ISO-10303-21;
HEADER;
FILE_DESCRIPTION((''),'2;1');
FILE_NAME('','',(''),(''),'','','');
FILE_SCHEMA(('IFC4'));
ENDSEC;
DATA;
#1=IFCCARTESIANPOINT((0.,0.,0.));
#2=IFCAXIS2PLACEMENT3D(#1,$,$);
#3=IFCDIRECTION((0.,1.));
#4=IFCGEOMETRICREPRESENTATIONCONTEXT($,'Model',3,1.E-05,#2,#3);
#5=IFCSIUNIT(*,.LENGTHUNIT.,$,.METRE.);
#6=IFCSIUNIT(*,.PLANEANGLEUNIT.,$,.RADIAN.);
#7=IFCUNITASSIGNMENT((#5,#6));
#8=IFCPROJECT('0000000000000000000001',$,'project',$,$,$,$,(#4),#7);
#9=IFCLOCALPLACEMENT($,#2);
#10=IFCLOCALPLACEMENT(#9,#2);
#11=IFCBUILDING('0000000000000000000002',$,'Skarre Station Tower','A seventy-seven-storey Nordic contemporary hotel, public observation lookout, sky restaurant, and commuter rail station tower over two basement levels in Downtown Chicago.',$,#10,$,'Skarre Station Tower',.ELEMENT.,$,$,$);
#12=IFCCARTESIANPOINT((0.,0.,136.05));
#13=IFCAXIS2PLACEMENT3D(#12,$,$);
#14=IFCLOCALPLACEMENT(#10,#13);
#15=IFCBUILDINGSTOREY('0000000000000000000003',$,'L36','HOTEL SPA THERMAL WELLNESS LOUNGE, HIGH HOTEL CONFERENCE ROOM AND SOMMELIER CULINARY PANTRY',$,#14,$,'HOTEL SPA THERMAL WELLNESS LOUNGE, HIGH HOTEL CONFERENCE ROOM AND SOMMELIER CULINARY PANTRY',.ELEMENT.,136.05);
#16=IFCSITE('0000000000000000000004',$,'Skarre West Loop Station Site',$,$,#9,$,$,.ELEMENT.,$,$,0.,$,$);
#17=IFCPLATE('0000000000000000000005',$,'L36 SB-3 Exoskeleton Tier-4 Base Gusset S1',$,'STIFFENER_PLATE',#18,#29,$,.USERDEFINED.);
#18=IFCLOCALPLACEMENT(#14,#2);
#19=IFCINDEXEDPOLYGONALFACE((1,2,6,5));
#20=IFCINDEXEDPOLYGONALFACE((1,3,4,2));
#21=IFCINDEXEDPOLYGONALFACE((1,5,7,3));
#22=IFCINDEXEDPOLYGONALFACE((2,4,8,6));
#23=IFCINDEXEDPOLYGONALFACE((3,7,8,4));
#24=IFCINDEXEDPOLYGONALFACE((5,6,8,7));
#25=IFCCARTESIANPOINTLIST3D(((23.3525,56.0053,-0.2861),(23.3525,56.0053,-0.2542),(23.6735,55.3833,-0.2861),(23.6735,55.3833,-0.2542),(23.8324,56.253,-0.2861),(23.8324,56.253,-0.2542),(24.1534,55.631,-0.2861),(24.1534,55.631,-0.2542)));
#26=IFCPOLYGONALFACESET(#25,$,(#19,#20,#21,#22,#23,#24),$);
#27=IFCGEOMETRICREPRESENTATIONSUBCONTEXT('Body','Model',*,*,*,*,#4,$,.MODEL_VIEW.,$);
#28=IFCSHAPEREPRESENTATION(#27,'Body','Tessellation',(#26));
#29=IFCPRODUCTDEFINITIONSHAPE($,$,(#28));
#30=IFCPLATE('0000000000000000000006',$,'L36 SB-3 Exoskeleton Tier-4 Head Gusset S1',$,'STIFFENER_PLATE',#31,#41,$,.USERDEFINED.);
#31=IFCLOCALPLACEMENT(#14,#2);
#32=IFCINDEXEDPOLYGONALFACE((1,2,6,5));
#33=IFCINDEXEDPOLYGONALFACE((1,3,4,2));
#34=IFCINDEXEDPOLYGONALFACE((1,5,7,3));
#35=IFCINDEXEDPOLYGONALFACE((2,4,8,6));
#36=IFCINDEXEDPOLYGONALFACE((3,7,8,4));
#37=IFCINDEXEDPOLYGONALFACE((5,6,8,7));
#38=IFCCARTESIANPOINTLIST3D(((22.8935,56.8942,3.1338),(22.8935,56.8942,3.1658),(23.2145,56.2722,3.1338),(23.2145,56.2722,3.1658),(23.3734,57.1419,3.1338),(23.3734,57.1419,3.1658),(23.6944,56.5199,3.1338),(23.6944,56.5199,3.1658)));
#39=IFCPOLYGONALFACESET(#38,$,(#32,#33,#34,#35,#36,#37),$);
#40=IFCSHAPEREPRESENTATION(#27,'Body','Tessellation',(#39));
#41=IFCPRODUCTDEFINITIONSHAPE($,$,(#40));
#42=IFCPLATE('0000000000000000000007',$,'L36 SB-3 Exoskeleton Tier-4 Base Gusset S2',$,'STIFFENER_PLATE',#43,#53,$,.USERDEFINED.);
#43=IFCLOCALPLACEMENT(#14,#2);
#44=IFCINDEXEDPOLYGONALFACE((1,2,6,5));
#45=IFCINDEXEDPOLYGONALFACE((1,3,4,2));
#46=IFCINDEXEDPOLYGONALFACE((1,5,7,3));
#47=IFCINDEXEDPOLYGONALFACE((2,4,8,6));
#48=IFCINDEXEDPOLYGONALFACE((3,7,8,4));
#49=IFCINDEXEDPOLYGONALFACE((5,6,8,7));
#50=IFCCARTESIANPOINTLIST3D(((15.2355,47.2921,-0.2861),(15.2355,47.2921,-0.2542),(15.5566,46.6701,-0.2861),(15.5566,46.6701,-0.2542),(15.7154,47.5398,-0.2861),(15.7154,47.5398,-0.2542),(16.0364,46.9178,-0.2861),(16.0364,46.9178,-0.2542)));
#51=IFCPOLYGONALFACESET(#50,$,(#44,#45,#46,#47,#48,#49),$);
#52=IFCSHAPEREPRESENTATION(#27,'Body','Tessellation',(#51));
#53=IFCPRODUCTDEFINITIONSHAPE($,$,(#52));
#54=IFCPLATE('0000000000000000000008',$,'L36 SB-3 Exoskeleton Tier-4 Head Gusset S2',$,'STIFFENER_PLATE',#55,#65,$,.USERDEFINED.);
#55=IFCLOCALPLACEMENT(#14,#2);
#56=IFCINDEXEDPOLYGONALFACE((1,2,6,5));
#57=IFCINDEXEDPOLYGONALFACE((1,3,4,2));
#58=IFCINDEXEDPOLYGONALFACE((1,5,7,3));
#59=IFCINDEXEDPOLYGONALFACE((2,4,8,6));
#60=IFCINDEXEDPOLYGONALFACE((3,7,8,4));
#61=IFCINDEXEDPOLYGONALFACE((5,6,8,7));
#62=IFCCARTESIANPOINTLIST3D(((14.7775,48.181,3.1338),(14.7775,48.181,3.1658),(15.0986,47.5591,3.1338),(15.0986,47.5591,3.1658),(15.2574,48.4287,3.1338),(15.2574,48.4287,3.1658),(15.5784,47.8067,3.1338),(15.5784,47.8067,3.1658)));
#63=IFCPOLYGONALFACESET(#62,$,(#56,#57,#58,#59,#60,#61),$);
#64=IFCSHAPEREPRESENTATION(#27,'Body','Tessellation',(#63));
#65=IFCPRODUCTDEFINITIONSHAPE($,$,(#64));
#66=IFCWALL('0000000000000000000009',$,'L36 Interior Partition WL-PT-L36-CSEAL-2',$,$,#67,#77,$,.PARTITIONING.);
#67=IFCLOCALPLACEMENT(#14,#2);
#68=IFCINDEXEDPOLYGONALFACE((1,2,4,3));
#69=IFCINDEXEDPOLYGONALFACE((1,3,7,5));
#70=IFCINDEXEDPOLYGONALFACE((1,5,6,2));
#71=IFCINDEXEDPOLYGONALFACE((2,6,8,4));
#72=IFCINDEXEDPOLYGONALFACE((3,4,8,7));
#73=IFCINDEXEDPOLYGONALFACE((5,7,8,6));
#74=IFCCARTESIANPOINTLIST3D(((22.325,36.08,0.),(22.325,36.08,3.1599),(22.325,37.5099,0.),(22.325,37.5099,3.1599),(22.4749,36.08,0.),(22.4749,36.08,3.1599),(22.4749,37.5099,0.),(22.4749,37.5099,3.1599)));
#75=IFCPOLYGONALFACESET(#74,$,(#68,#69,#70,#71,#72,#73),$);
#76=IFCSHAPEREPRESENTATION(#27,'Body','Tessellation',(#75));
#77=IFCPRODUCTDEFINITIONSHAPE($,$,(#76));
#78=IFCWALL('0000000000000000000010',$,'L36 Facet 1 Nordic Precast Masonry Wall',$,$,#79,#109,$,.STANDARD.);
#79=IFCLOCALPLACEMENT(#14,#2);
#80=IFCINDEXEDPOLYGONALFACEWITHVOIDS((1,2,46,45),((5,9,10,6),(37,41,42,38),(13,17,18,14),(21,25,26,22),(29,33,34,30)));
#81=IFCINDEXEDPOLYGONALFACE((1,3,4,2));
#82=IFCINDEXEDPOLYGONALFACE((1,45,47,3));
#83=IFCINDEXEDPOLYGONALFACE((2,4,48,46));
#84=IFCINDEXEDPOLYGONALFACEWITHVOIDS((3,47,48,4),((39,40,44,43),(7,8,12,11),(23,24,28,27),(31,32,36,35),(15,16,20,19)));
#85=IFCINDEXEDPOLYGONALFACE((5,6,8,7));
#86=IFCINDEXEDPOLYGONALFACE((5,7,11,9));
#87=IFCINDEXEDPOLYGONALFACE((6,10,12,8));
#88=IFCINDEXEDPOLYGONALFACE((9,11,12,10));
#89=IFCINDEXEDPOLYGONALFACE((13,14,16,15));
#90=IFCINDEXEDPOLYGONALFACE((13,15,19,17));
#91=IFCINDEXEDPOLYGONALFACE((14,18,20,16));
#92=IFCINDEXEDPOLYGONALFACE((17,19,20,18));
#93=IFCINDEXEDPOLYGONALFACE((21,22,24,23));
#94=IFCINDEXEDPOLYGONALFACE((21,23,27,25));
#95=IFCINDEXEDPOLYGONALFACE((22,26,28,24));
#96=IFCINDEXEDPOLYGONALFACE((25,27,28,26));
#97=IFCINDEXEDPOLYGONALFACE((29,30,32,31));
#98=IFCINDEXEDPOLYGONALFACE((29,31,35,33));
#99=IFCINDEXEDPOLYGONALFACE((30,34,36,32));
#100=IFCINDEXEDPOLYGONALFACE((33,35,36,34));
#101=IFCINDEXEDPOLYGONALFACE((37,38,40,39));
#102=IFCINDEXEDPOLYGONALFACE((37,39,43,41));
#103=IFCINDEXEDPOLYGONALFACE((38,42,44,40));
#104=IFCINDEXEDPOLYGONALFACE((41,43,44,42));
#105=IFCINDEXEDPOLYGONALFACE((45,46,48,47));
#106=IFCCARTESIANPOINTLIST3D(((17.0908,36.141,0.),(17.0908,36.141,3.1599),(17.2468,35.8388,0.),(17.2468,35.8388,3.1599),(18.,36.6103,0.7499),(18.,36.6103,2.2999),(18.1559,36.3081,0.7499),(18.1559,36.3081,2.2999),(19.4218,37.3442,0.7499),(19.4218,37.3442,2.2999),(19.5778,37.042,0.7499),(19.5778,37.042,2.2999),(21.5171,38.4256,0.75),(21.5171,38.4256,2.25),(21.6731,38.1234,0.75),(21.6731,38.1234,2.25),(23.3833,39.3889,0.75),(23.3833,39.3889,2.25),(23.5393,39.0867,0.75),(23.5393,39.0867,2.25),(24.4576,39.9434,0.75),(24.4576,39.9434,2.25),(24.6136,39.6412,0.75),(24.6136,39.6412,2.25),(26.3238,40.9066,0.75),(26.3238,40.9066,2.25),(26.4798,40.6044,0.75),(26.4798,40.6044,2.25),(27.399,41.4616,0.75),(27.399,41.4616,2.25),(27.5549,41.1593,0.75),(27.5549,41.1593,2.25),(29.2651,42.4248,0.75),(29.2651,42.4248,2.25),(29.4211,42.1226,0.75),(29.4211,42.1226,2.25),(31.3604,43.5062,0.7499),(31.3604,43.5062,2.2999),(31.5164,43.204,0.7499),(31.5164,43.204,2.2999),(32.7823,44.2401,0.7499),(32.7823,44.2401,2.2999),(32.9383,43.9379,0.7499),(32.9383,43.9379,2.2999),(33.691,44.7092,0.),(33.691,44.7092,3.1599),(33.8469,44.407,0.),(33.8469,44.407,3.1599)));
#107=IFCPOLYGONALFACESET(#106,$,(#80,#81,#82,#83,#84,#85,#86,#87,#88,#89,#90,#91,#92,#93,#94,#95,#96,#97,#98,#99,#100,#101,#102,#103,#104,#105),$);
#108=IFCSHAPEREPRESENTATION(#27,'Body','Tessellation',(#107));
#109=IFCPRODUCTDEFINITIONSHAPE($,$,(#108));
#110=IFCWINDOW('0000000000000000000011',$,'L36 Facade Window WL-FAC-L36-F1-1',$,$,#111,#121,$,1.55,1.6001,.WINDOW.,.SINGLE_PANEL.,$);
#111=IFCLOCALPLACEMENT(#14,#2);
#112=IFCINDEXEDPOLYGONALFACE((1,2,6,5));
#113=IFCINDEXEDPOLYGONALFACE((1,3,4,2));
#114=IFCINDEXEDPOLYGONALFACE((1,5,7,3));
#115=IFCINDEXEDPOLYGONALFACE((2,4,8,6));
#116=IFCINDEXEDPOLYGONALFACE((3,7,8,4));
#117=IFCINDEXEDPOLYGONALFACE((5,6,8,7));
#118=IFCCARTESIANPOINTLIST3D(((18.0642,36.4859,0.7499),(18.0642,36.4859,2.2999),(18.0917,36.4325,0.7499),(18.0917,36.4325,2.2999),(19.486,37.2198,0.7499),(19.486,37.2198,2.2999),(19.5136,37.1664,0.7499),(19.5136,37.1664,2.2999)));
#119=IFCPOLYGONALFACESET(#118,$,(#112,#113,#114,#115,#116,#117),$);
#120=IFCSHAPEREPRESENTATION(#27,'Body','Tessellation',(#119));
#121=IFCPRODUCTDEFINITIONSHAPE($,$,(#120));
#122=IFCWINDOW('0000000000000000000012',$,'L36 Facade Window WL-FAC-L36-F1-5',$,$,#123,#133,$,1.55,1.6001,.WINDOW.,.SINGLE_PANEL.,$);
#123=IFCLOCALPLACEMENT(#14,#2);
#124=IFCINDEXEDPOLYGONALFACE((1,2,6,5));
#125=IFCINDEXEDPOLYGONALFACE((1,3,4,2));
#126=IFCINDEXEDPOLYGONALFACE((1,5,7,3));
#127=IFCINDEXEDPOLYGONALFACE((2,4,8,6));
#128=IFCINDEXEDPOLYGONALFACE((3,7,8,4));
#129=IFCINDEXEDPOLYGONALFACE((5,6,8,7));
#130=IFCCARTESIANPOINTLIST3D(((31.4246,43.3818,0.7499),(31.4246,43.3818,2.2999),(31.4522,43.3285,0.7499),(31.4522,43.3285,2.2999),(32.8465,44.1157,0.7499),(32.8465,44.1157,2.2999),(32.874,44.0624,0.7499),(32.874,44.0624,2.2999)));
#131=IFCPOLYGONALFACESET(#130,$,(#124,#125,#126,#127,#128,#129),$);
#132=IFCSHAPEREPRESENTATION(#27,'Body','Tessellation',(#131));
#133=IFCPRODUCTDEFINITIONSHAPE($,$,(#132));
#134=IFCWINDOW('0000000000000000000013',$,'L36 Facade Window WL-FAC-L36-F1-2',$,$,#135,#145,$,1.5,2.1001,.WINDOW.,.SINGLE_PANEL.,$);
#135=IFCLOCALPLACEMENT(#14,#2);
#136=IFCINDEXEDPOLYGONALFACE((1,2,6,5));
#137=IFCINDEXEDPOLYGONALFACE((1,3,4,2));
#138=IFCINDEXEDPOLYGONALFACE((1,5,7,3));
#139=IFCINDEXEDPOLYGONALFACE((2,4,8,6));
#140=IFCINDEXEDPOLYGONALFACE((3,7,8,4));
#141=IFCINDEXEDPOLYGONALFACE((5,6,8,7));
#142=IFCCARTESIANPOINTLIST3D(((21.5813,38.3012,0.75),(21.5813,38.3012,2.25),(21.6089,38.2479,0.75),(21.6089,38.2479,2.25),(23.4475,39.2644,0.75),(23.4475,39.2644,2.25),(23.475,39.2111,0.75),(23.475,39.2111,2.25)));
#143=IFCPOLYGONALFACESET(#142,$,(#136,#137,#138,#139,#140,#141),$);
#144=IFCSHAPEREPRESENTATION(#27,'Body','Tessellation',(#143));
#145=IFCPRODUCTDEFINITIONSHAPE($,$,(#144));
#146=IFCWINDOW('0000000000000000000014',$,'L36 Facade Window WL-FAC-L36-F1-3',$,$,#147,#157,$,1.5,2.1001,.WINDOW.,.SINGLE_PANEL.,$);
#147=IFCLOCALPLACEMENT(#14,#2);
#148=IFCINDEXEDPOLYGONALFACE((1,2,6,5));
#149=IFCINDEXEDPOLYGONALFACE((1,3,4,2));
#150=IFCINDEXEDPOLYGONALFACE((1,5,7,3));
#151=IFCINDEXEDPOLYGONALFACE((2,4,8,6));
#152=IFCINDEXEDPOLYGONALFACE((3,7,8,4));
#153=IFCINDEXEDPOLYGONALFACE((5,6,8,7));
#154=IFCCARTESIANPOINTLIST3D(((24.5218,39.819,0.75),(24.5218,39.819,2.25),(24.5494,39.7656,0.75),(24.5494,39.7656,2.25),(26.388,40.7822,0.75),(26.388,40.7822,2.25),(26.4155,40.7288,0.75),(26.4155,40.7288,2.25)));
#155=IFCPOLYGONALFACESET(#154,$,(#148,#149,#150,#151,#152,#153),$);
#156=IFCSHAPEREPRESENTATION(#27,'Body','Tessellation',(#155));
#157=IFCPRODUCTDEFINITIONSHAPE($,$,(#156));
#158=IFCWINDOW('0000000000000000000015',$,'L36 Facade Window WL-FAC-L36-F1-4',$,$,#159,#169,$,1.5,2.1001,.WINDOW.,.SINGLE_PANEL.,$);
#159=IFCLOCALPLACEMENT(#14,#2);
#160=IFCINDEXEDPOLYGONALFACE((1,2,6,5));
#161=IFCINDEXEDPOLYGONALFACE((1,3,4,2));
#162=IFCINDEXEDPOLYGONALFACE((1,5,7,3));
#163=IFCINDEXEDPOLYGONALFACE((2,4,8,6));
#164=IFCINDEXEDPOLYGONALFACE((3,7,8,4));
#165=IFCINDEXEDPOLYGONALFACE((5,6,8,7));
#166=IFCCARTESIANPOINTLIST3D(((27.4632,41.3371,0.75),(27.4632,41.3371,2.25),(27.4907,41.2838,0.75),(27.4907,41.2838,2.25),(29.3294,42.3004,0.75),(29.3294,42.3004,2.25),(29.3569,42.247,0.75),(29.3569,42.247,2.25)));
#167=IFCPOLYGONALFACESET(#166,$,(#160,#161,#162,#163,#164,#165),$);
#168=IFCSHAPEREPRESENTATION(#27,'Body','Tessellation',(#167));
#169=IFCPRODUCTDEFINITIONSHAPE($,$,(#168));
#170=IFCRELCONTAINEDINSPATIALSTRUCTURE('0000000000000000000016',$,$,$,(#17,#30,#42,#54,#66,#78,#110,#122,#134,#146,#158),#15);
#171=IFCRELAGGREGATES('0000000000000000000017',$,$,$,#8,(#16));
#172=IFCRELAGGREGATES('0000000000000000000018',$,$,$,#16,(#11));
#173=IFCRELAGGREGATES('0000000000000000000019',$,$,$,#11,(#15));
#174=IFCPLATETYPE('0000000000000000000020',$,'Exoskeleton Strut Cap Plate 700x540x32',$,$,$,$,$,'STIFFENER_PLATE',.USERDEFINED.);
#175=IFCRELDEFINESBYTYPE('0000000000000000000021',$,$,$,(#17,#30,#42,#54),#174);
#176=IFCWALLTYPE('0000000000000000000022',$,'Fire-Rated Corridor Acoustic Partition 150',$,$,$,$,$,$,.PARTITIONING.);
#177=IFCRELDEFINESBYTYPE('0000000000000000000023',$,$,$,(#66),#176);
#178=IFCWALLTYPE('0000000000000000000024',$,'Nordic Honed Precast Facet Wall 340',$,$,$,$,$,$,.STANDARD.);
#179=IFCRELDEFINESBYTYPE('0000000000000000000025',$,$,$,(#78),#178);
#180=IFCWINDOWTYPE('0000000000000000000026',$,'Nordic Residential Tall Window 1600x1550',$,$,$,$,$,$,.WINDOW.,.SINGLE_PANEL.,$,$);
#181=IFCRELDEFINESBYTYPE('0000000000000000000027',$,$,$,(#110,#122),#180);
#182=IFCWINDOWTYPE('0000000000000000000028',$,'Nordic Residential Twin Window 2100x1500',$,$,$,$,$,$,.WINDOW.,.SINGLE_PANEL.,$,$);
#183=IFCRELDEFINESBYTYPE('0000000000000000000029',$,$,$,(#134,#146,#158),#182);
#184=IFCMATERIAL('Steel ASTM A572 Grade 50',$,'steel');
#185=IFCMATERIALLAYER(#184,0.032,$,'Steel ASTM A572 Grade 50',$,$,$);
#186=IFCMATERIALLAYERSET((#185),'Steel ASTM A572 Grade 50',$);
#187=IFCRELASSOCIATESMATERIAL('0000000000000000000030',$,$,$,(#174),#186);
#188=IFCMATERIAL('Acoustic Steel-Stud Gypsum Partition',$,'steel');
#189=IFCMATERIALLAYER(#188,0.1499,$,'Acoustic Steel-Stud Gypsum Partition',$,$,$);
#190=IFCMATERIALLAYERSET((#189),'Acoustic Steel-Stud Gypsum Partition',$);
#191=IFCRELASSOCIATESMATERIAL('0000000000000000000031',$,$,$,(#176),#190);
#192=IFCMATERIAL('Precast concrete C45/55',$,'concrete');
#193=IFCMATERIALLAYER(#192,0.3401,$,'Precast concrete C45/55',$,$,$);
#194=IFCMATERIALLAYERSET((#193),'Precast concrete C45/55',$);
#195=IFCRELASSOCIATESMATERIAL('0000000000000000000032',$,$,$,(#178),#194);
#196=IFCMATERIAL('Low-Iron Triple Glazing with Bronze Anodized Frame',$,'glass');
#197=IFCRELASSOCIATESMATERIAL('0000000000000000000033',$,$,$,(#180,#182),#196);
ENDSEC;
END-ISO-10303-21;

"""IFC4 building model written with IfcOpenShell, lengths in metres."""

from ifc_helpers import new_model, si_unit, direction, frame, frame_2d, origin, origin_2d, place, context, subcontext, project, spatial, rectangle, extrude, material, layer, layer_set, type_object, element, fill, save


model = new_model("IFC4")

# Units and contexts
model_context = context("Model", 3, precision=1e-05, world=origin(), true_north=direction((0.0, 1.0)))
body_context = subcontext(model_context, "Body", "Model", "MODEL_VIEW")
ifc_project = project(units=[si_unit("LENGTHUNIT", "METRE"), si_unit("PLANEANGLEUNIT", "RADIAN")], contexts=[model_context])

# Site, building, storey
site_placement = place(None, origin())
site = spatial("IfcSite", under=ifc_project, at=site_placement, Name="Skarre West Loop Station Site", CompositionType="ELEMENT", RefElevation=0.0)
building_placement = place(site_placement, origin())
building = spatial("IfcBuilding", under=site, at=building_placement, Name="Skarre Station Tower", Description="A seventy-seven-storey Nordic contemporary hotel, public observation lookout, sky restaurant, and commuter rail station tower over two basement levels in Downtown Chicago.", LongName="Skarre Station Tower", CompositionType="ELEMENT")
storey_placement = place(building_placement, frame((0.0, 0.0, 136.05)))
storey = spatial("IfcBuildingStorey", under=building, at=storey_placement, Name="L36", Description="HOTEL SPA THERMAL WELLNESS LOUNGE, HIGH HOTEL CONFERENCE ROOM AND SOMMELIER CULINARY PANTRY", LongName="HOTEL SPA THERMAL WELLNESS LOUNGE, HIGH HOTEL CONFERENCE ROOM AND SOMMELIER CULINARY PANTRY", CompositionType="ELEMENT", Elevation=136.05)

# Plates
ifc_material_1 = material(Name="Steel ASTM A572 Grade 50", Category="steel")
ifc_layer_1 = layer(ifc_material_1, 0.032, Name="Steel ASTM A572 Grade 50")
ifc_layer_set_1 = layer_set([ifc_layer_1], Name="Steel ASTM A572 Grade 50")
plate_type = type_object("IfcPlateType", Name="Exoskeleton Strut Cap Plate 700x540x32", ElementType="STIFFENER_PLATE", PredefinedType="USERDEFINED", material=ifc_layer_set_1)
for number, where, z_axis, x_axis, name in (
    (1, (23.7529, 55.8181, -0.2861), (0.0, 0.0, 1.0), (-0.45865, 0.888617, 0.0), "L36 SB-3 Exoskeleton Tier-4 Base Gusset S1"),
    (2, (23.2939, 56.707, 3.1338), (0.0, 0.0, 1.0), (-0.45865, 0.888617, 0.0), "L36 SB-3 Exoskeleton Tier-4 Head Gusset S1"),
    (3, (15.636, 47.105, -0.2861), (0.0, 0.0, 1.0), (-0.45865, 0.888617, 0.0), "L36 SB-3 Exoskeleton Tier-4 Base Gusset S2"),
    (4, (15.178, 47.9939, 3.1338), (0.0, 0.0, 1.0), (-0.45865, 0.888617, 0.0), "L36 SB-3 Exoskeleton Tier-4 Head Gusset S2"),
):
    element("IfcPlate", number, at=place(storey_placement, frame(where, z_axis=z_axis, x_axis=x_axis)), inside=storey, type_object=plate_type, Name=name, ObjectType="STIFFENER_PLATE", PredefinedType="USERDEFINED", context=body_context, shape_type="SweptSolid", body=[
        extrude(rectangle(XDim=0.7, YDim=0.54, at=origin_2d()), origin(), (0.0, 0.0, 1.0), 0.032),
    ])

# Wall
ifc_material_2 = material(Name="Acoustic Steel-Stud Gypsum Partition", Category="steel")
ifc_layer_2 = layer(ifc_material_2, 0.1499, Name="Acoustic Steel-Stud Gypsum Partition")
ifc_layer_set_2 = layer_set([ifc_layer_2], Name="Acoustic Steel-Stud Gypsum Partition")
wall_type_1 = type_object("IfcWallType", Name="Fire-Rated Corridor Acoustic Partition 150", PredefinedType="PARTITIONING", material=ifc_layer_set_2)
wall_1_placement = place(storey_placement, frame((22.3999, 36.0801, 0.0), z_axis=(0.0, 0.0, 1.0), x_axis=(0.0, 1.0, 0.0)))
element("IfcWall", 5, at=wall_1_placement, inside=storey, type_object=wall_type_1, Name="L36 Interior Partition WL-PT-L36-CSEAL-2", PredefinedType="PARTITIONING", context=body_context, shape_type="SweptSolid", body=[
    extrude(rectangle(XDim=1.4299, YDim=0.1499, at=frame_2d((0.7148, 0.0))), origin(), (0.0, 0.0, 1.0), 3.1599),
])

# Wall, openings, windows
ifc_material_3 = material(Name="Precast concrete C45/55", Category="concrete")
ifc_layer_3 = layer(ifc_material_3, 0.3401, Name="Precast concrete C45/55")
ifc_layer_set_3 = layer_set([ifc_layer_3], Name="Precast concrete C45/55")
wall_type_2 = type_object("IfcWallType", Name="Nordic Honed Precast Facet Wall 340", PredefinedType="STANDARD", material=ifc_layer_set_3)
wall_2_placement = place(storey_placement, frame((17.1689, 35.99, 0.0), z_axis=(0.0, 0.0, 1.0), x_axis=(0.888614, 0.458657, 0.0)))
wall_2 = element("IfcWall", 6, at=wall_2_placement, inside=storey, type_object=wall_type_2, Name="L36 Facet 1 Nordic Precast Masonry Wall", PredefinedType="STANDARD", context=body_context, shape_type="SweptSolid", body=[
    extrude(rectangle(XDim=18.6809, YDim=0.3401, at=frame_2d((9.3403, 0.0))), origin(), (0.0, 0.0, 1.0), 3.1599),
])
opening_1_placement = place(wall_2_placement, frame((1.0229, 0.0, 0.75)))
opening_1 = element("IfcOpeningElement", 7, at=opening_1_placement, cuts=wall_2, PredefinedType="OPENING", context=body_context, shape_type="SweptSolid", body=[
    extrude(rectangle(XDim=1.6001, YDim=1.55, at=frame_2d((0.8, 0.7749))), frame((0.0, 0.1799, 0.0), z_axis=(0.0, -1.0, 0.0), x_axis=(1.0, 0.0, 0.0)), (0.0, 0.0, 1.0), 0.3601),
])
opening_2_placement = place(wall_2_placement, frame((4.981, 0.0, 0.75)))
opening_2 = element("IfcOpeningElement", 8, at=opening_2_placement, cuts=wall_2, PredefinedType="OPENING", context=body_context, shape_type="SweptSolid", body=[
    extrude(rectangle(XDim=2.1001, YDim=1.5, at=frame_2d((1.05, 0.75))), frame((0.0, 0.1799, 0.0), z_axis=(0.0, -1.0, 0.0), x_axis=(1.0, 0.0, 0.0)), (0.0, 0.0, 1.0), 0.3601),
])
opening_3_placement = place(wall_2_placement, frame((8.29, 0.0, 0.75)))
opening_3 = element("IfcOpeningElement", 9, at=opening_3_placement, cuts=wall_2, PredefinedType="OPENING", context=body_context, shape_type="SweptSolid", body=[
    extrude(rectangle(XDim=2.1001, YDim=1.5, at=frame_2d((1.05, 0.75))), frame((0.0, 0.1799, 0.0), z_axis=(0.0, -1.0, 0.0), x_axis=(1.0, 0.0, 0.0)), (0.0, 0.0, 1.0), 0.3601),
])
opening_4_placement = place(wall_2_placement, frame((11.6001, 0.0, 0.75)))
opening_4 = element("IfcOpeningElement", 10, at=opening_4_placement, cuts=wall_2, PredefinedType="OPENING", context=body_context, shape_type="SweptSolid", body=[
    extrude(rectangle(XDim=2.1001, YDim=1.5, at=frame_2d((1.05, 0.75))), frame((0.0, 0.1799, 0.0), z_axis=(0.0, -1.0, 0.0), x_axis=(1.0, 0.0, 0.0)), (0.0, 0.0, 1.0), 0.3601),
])
opening_5_placement = place(wall_2_placement, frame((16.0581, 0.0, 0.75)))
opening_5 = element("IfcOpeningElement", 11, at=opening_5_placement, cuts=wall_2, PredefinedType="OPENING", context=body_context, shape_type="SweptSolid", body=[
    extrude(rectangle(XDim=1.6001, YDim=1.55, at=frame_2d((0.8, 0.7749))), frame((0.0, 0.1799, 0.0), z_axis=(0.0, -1.0, 0.0), x_axis=(1.0, 0.0, 0.0)), (0.0, 0.0, 1.0), 0.3601),
])
ifc_material_4 = material(Name="Low-Iron Triple Glazing with Bronze Anodized Frame", Category="glass")
window_type_1 = type_object("IfcWindowType", Name="Nordic Residential Tall Window 1600x1550", PartitioningType="SINGLE_PANEL", PredefinedType="WINDOW", material=ifc_material_4)
window_1_placement = place(opening_1_placement, origin())
window_1 = element("IfcWindow", 12, at=window_1_placement, inside=storey, type_object=window_type_1, Name="L36 Facade Window WL-FAC-L36-F1-1", OverallHeight=1.55, OverallWidth=1.6001, PartitioningType="SINGLE_PANEL", PredefinedType="WINDOW", context=body_context, shape_type="SweptSolid", body=[
    extrude(rectangle(XDim=1.6001, YDim=1.55, at=frame_2d((0.8, 0.7749))), frame((0.0, 0.03, 0.0), z_axis=(0.0, -1.0, 0.0), x_axis=(1.0, 0.0, 0.0)), (0.0, 0.0, 1.0), 0.0601),
])
fill(opening_1, window_1)
window_2_placement = place(opening_5_placement, origin())
window_2 = element("IfcWindow", 13, at=window_2_placement, inside=storey, type_object=window_type_1, Name="L36 Facade Window WL-FAC-L36-F1-5", OverallHeight=1.55, OverallWidth=1.6001, PartitioningType="SINGLE_PANEL", PredefinedType="WINDOW", context=body_context, shape_type="SweptSolid", body=[
    extrude(rectangle(XDim=1.6001, YDim=1.55, at=frame_2d((0.8, 0.7749))), frame((0.0, 0.03, 0.0), z_axis=(0.0, -1.0, 0.0), x_axis=(1.0, 0.0, 0.0)), (0.0, 0.0, 1.0), 0.0601),
])
fill(opening_5, window_2)
window_type_2 = type_object("IfcWindowType", Name="Nordic Residential Twin Window 2100x1500", PartitioningType="SINGLE_PANEL", PredefinedType="WINDOW", material=ifc_material_4)
window_3_placement = place(opening_2_placement, origin())
window_3 = element("IfcWindow", 14, at=window_3_placement, inside=storey, type_object=window_type_2, Name="L36 Facade Window WL-FAC-L36-F1-2", OverallHeight=1.5, OverallWidth=2.1001, PartitioningType="SINGLE_PANEL", PredefinedType="WINDOW", context=body_context, shape_type="SweptSolid", body=[
    extrude(rectangle(XDim=2.1001, YDim=1.5, at=frame_2d((1.05, 0.75))), frame((0.0, 0.03, 0.0), z_axis=(0.0, -1.0, 0.0), x_axis=(1.0, 0.0, 0.0)), (0.0, 0.0, 1.0), 0.0601),
])
fill(opening_2, window_3)
window_4_placement = place(opening_3_placement, origin())
window_4 = element("IfcWindow", 15, at=window_4_placement, inside=storey, type_object=window_type_2, Name="L36 Facade Window WL-FAC-L36-F1-3", OverallHeight=1.5, OverallWidth=2.1001, PartitioningType="SINGLE_PANEL", PredefinedType="WINDOW", context=body_context, shape_type="SweptSolid", body=[
    extrude(rectangle(XDim=2.1001, YDim=1.5, at=frame_2d((1.05, 0.75))), frame((0.0, 0.03, 0.0), z_axis=(0.0, -1.0, 0.0), x_axis=(1.0, 0.0, 0.0)), (0.0, 0.0, 1.0), 0.0601),
])
fill(opening_3, window_4)
window_5_placement = place(opening_4_placement, origin())
window_5 = element("IfcWindow", 16, at=window_5_placement, inside=storey, type_object=window_type_2, Name="L36 Facade Window WL-FAC-L36-F1-4", OverallHeight=1.5, OverallWidth=2.1001, PartitioningType="SINGLE_PANEL", PredefinedType="WINDOW", context=body_context, shape_type="SweptSolid", body=[
    extrude(rectangle(XDim=2.1001, YDim=1.5, at=frame_2d((1.05, 0.75))), frame((0.0, 0.03, 0.0), z_axis=(0.0, -1.0, 0.0), x_axis=(1.0, 0.0, 0.0)), (0.0, 0.0, 1.0), 0.0601),
])
fill(opening_4, window_5)

save(model, "model.ifc")
